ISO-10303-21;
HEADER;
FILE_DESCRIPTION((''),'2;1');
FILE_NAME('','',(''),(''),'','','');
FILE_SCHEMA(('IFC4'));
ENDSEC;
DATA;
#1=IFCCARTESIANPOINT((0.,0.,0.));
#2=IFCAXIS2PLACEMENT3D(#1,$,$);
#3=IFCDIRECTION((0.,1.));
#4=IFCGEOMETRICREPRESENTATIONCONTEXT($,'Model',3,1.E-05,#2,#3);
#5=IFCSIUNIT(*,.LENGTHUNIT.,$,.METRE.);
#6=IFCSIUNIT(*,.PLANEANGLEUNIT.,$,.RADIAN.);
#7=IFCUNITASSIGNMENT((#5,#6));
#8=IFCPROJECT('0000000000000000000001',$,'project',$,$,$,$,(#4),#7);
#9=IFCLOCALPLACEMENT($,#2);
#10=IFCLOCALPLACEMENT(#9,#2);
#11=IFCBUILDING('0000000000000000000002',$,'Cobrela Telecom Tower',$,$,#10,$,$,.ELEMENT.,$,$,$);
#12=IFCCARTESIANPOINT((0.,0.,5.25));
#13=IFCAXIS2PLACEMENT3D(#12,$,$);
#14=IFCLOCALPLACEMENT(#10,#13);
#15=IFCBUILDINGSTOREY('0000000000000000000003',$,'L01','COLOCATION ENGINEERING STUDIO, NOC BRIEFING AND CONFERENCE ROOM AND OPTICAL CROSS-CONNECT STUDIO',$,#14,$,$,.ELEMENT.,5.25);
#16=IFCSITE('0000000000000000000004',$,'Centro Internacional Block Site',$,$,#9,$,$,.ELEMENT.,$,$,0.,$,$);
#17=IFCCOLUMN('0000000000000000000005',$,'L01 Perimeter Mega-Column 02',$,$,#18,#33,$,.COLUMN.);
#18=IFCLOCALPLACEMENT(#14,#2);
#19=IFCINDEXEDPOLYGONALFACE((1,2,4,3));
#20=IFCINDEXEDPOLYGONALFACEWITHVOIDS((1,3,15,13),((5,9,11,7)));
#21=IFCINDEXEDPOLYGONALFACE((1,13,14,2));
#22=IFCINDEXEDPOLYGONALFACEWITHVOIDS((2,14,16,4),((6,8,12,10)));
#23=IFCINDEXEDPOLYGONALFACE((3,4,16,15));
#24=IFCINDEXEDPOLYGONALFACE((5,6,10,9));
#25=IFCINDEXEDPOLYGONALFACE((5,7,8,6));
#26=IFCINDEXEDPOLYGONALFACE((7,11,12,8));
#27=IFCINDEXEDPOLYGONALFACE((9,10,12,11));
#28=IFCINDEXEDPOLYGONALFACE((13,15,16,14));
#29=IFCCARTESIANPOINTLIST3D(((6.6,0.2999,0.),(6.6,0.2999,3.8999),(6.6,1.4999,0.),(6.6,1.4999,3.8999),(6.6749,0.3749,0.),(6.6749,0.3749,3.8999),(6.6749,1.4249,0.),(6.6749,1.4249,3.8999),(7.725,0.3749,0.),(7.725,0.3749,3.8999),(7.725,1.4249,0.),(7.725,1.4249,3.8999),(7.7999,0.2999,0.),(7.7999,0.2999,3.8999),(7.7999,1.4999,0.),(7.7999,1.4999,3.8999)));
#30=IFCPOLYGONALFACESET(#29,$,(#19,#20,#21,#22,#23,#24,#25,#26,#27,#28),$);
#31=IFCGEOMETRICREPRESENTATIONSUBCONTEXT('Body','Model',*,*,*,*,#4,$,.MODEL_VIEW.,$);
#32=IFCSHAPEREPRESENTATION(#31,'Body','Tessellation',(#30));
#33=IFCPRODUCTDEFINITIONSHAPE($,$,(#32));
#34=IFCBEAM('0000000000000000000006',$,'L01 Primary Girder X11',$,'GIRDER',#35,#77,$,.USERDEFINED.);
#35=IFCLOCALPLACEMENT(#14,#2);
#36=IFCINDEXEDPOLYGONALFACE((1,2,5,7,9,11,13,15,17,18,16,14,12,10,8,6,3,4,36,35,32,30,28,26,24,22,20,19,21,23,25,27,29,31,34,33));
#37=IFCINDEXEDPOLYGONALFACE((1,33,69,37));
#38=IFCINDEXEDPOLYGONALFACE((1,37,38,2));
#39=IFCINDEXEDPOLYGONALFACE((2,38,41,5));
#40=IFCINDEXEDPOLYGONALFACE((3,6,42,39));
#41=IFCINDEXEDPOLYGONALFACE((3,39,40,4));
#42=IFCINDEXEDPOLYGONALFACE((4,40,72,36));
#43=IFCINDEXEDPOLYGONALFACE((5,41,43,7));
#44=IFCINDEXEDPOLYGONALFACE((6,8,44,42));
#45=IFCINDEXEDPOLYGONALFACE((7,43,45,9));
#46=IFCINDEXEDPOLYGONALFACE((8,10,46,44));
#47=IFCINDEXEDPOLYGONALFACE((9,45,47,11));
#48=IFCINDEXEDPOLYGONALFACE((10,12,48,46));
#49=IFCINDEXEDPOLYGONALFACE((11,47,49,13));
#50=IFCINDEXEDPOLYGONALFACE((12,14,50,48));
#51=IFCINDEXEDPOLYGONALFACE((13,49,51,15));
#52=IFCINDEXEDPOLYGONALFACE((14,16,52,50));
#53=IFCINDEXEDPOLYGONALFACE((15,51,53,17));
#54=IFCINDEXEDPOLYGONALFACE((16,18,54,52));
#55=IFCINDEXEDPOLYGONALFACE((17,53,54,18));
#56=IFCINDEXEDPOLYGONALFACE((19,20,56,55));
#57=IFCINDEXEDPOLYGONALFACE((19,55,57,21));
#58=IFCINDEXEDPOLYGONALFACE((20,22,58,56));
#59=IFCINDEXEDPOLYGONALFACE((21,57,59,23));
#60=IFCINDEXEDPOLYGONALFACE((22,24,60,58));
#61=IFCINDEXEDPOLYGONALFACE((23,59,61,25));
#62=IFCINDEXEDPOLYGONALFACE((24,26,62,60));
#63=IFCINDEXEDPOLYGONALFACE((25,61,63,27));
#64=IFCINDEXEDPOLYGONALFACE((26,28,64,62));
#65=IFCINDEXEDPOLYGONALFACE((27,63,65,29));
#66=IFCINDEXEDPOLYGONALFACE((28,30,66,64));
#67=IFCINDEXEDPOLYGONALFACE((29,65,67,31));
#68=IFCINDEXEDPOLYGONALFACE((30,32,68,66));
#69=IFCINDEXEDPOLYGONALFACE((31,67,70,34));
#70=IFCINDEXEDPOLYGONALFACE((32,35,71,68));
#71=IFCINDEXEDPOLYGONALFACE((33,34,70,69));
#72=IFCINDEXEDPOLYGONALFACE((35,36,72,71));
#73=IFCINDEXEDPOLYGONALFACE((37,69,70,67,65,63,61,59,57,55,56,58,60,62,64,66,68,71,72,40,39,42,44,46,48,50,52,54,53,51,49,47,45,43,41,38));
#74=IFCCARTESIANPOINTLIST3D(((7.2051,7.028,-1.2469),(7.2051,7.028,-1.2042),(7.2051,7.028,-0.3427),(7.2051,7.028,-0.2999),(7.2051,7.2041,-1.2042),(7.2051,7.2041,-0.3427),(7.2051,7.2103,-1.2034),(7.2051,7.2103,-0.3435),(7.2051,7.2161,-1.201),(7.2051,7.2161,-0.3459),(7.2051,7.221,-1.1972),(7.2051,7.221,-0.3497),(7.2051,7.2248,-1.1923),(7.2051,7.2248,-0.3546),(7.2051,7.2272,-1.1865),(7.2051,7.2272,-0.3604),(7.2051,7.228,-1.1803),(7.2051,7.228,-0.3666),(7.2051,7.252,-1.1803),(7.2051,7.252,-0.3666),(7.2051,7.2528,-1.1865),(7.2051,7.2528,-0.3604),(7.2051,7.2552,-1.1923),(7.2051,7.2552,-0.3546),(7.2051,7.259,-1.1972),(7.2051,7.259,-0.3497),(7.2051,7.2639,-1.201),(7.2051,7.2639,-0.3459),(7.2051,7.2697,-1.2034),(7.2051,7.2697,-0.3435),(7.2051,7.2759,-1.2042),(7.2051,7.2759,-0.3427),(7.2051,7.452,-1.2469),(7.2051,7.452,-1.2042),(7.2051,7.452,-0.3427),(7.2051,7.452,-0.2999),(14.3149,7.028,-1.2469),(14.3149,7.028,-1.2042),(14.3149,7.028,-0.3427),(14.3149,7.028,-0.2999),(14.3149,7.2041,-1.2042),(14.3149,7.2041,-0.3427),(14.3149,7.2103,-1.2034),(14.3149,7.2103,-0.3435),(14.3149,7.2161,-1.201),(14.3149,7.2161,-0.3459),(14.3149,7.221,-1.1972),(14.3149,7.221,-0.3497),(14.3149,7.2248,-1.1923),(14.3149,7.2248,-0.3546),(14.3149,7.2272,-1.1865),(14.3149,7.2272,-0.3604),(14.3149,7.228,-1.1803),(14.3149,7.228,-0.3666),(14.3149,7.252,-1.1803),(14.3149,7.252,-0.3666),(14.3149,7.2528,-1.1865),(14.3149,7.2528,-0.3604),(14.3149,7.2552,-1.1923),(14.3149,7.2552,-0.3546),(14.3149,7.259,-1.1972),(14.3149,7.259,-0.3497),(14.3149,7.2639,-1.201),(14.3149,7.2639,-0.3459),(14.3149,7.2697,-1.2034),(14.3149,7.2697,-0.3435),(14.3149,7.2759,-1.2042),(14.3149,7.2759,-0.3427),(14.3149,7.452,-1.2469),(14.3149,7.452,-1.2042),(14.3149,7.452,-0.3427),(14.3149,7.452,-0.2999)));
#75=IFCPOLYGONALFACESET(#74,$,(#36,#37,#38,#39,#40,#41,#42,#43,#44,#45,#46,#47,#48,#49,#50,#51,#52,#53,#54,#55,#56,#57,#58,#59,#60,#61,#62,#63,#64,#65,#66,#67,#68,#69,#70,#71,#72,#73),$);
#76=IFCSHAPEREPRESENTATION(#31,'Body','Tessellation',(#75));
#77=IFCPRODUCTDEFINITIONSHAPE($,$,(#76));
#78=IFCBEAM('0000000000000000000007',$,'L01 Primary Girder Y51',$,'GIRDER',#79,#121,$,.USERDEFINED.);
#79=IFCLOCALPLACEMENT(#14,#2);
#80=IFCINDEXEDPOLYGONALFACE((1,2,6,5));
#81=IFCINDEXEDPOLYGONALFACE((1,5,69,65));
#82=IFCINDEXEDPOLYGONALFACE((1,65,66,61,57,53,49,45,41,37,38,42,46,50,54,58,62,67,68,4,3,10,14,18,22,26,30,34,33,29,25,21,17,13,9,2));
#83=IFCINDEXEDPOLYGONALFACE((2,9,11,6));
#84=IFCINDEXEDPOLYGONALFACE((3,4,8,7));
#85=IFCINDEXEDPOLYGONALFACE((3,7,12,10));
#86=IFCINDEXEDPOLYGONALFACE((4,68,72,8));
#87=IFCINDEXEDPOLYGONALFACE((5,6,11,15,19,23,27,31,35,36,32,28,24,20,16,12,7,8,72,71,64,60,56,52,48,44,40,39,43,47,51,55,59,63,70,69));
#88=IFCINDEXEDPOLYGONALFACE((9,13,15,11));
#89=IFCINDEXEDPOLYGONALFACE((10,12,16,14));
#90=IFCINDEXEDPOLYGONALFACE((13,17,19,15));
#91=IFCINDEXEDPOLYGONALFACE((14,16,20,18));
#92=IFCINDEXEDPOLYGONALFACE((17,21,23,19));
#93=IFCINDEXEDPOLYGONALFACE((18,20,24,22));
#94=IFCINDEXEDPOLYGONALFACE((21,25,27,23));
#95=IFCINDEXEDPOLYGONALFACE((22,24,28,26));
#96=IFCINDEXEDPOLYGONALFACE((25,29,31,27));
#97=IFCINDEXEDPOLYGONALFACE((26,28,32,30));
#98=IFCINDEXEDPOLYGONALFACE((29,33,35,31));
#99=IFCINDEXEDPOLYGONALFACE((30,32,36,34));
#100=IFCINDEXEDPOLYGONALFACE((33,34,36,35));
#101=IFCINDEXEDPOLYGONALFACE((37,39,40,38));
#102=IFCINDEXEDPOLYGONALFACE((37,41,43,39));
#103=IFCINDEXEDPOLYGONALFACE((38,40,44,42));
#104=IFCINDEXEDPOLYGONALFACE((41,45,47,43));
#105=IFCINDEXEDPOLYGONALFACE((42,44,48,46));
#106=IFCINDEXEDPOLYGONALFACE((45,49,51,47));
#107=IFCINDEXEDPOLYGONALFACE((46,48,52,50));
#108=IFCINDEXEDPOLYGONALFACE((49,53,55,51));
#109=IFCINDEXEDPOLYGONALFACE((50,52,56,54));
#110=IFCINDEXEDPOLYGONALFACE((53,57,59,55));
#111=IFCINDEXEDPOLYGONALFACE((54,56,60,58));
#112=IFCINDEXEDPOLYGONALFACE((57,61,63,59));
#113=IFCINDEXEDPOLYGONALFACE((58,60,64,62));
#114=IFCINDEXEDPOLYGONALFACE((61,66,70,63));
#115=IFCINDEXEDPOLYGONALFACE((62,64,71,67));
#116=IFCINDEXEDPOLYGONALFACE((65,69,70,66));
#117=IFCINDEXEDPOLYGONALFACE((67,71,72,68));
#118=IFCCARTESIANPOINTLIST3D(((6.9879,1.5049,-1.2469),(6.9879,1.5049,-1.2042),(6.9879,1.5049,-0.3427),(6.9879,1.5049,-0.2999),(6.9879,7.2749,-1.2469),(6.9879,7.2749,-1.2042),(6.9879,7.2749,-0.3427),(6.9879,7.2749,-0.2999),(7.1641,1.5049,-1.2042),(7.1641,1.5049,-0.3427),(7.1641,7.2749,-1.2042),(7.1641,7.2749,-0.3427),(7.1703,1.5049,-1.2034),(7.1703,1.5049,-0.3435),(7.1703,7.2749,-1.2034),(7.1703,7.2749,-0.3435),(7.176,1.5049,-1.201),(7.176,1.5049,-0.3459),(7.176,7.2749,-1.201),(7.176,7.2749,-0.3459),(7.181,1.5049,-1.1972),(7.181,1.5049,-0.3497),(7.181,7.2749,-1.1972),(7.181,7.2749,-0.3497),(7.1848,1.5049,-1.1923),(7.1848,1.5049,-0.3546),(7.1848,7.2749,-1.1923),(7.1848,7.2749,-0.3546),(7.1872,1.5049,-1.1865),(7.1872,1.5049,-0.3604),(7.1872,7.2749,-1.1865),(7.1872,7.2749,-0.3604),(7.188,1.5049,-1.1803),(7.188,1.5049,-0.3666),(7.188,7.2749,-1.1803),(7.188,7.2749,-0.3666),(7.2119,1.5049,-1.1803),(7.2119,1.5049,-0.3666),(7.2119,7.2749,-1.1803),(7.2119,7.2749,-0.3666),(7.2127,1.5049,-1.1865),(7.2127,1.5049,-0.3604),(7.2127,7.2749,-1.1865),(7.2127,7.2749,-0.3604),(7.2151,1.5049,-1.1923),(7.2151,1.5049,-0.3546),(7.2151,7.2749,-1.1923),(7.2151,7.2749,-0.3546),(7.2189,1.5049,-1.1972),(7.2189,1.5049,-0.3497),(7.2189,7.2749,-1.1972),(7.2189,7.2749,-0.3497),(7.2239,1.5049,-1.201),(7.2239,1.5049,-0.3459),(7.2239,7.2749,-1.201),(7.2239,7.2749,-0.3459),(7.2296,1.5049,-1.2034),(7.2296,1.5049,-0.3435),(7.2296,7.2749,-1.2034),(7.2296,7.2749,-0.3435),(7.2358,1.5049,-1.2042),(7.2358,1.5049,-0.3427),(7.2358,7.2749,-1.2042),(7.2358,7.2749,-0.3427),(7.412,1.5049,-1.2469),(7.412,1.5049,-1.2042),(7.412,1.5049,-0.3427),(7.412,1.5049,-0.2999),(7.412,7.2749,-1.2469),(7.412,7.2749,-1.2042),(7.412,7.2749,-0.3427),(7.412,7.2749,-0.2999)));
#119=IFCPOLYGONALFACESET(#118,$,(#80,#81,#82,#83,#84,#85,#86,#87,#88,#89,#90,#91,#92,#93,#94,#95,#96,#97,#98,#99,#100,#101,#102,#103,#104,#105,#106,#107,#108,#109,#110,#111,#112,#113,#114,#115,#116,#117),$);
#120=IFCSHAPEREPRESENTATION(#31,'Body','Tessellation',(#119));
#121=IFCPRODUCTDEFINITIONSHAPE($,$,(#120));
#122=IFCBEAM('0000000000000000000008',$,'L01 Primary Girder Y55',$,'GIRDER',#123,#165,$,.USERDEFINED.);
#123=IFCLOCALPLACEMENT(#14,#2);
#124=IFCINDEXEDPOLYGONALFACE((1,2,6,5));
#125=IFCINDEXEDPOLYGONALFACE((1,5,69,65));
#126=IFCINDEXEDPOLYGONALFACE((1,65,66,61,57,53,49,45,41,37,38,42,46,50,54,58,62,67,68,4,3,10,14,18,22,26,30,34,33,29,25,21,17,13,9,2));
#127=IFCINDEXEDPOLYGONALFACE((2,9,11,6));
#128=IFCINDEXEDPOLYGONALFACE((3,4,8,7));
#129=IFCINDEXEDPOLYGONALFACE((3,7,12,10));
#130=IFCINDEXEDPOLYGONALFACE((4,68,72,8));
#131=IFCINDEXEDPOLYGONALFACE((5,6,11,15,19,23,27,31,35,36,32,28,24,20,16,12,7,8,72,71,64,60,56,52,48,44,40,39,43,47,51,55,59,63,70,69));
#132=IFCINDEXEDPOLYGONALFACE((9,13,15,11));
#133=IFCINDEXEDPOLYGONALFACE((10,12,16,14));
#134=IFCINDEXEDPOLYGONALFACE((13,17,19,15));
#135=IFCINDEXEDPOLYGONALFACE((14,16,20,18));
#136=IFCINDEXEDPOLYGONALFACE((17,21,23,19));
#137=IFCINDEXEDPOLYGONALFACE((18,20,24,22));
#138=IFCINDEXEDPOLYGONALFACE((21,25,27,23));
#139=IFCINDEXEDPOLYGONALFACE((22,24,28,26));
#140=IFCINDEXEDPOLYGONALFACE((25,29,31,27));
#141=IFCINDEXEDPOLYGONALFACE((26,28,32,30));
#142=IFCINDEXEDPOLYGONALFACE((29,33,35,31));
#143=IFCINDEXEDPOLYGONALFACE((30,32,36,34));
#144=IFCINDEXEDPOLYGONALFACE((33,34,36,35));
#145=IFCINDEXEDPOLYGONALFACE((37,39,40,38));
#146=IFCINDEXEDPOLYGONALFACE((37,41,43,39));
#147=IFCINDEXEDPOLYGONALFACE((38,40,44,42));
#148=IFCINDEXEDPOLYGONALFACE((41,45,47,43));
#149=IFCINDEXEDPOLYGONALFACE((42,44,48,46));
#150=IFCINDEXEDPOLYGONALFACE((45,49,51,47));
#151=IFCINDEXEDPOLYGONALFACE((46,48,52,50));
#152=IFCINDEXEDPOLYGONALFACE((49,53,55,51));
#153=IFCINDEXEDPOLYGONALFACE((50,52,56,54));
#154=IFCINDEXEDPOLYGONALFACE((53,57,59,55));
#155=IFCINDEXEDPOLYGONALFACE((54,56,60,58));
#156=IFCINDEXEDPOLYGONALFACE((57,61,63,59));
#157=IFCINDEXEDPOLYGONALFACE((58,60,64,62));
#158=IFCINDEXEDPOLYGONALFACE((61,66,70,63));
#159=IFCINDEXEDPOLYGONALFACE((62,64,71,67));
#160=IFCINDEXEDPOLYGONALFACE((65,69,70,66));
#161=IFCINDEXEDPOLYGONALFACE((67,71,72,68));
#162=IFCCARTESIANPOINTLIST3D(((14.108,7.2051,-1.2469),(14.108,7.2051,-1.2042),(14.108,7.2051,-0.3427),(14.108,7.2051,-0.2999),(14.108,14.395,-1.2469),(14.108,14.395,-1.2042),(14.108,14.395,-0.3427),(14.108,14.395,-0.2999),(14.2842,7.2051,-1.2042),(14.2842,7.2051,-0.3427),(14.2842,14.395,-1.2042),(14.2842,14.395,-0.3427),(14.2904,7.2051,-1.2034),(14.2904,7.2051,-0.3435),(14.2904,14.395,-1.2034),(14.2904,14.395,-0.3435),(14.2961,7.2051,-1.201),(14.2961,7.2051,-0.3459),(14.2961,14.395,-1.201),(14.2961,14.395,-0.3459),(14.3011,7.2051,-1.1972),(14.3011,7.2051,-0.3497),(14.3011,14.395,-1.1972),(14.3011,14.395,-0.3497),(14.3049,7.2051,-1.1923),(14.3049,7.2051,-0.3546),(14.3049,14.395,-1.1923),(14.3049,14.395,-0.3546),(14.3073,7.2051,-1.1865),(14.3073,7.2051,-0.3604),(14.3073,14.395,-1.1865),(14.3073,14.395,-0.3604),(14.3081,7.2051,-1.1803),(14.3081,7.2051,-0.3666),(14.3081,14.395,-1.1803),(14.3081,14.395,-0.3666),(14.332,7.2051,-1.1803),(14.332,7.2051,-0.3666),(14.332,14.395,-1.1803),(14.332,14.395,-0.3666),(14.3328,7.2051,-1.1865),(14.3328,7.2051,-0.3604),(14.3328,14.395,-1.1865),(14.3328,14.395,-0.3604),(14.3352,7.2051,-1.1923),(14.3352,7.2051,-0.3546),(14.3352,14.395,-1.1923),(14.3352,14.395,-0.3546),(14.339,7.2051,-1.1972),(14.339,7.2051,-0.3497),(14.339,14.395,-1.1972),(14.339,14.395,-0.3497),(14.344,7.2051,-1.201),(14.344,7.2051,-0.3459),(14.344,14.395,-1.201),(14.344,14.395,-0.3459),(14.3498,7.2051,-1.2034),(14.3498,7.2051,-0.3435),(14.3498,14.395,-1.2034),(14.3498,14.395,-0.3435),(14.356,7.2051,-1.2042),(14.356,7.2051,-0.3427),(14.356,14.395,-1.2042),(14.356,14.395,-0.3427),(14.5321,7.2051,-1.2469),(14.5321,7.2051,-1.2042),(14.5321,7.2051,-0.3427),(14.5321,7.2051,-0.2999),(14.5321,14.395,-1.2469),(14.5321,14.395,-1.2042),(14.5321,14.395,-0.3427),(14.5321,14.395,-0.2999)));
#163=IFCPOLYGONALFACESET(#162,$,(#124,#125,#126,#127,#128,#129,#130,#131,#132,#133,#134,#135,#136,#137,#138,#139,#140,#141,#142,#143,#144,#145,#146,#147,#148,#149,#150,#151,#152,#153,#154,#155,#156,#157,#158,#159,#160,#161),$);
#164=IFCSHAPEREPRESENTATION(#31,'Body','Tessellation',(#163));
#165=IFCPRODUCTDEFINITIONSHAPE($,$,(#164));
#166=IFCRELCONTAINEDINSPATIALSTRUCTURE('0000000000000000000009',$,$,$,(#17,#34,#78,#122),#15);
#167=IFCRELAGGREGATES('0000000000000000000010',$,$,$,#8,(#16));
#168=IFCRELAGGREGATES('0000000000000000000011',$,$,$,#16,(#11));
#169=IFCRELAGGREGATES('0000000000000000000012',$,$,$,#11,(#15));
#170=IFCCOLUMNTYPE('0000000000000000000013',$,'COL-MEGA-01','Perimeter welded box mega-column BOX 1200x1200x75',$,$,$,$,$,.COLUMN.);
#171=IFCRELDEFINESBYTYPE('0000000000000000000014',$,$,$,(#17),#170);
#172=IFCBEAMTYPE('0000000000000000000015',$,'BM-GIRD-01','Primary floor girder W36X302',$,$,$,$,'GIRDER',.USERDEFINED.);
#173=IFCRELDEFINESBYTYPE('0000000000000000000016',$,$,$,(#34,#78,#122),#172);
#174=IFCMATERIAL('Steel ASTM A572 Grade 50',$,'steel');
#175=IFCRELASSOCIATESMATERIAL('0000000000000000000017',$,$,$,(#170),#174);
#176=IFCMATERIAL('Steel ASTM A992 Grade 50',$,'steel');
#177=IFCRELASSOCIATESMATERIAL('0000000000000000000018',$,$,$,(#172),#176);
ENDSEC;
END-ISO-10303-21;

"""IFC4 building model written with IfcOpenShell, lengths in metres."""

from ifc_helpers import new_model, si_unit, direction, frame, origin, origin_2d, place, context, subcontext, project, spatial, hollow_rectangle, i_section, extrude, material, material_profile, profile_set, type_object, element, save


model = new_model("IFC4")

# Units and contexts
model_context = context("Model", 3, precision=1e-05, world=origin(), true_north=direction((0.0, 1.0)))
body_context = subcontext(model_context, "Body", "Model", "MODEL_VIEW")
ifc_project = project(units=[si_unit("LENGTHUNIT", "METRE"), si_unit("PLANEANGLEUNIT", "RADIAN")], contexts=[model_context])

# Site, building, storey
site_placement = place(None, origin())
site = spatial("IfcSite", under=ifc_project, at=site_placement, Name="Centro Internacional Block Site", CompositionType="ELEMENT", RefElevation=0.0)
building_placement = place(site_placement, origin())
building = spatial("IfcBuilding", under=site, at=building_placement, Name="Cobrela Telecom Tower", CompositionType="ELEMENT")
storey_placement = place(building_placement, frame((0.0, 0.0, 5.25)))
storey = spatial("IfcBuildingStorey", under=building, at=storey_placement, Name="L01", Description="COLOCATION ENGINEERING STUDIO, NOC BRIEFING AND CONFERENCE ROOM AND OPTICAL CROSS-CONNECT STUDIO", CompositionType="ELEMENT", Elevation=5.25)

# Column
ifc_material_1 = material(Name="Steel ASTM A572 Grade 50", Category="steel")
ifc_material_profile_1 = material_profile(ifc_material_1, hollow_rectangle(XDim=1.2, YDim=1.2, WallThickness=0.075, at=origin_2d()), Name="BOX 1200x1200x75")
ifc_profile_set_1 = profile_set([ifc_material_profile_1], Name="Steel ASTM A572 Grade 50")
column_type = type_object("IfcColumnType", Name="COL-MEGA-01", Description="Perimeter welded box mega-column BOX 1200x1200x75", PredefinedType="COLUMN", material=ifc_profile_set_1)
column_placement = place(storey_placement, frame((7.2, 0.8999, 0.0), z_axis=(0.0, 0.0, 1.0), x_axis=(1.0, 0.0, 0.0)))
element("IfcColumn", 1, at=column_placement, inside=storey, type_object=column_type, Name="L01 Perimeter Mega-Column 02", PredefinedType="COLUMN", context=body_context, shape_type="SweptSolid", body=[
    extrude(hollow_rectangle(XDim=1.2, YDim=1.2, WallThickness=0.075, at=origin_2d()), origin(), (0.0, 0.0, 1.0), 3.8999),
])

# Beams
ifc_material_2 = material(Name="Steel ASTM A992 Grade 50", Category="steel")
ifc_material_profile_2 = material_profile(ifc_material_2, i_section(OverallWidth=0.4241, OverallDepth=0.947, WebThickness=0.0239, FlangeThickness=0.0427, FilletRadius=0.0239, at=origin_2d()), Name="W36X302")
ifc_profile_set_2 = profile_set([ifc_material_profile_2], Name="Steel ASTM A992 Grade 50")
beam_type_1 = type_object("IfcBeamType", Name="BM-GIRD-01", Description="Primary floor girder W36X302", ElementType="GIRDER", PredefinedType="USERDEFINED", material=ifc_profile_set_2)
beam_1_placement = place(storey_placement, frame((7.2051, 7.24, -0.7734), z_axis=(1.0, 0.0, 0.0), x_axis=(0.0, 1.0, 0.0)))
element("IfcBeam", 2, at=beam_1_placement, inside=storey, type_object=beam_type_1, Name="L01 Primary Girder X11", ObjectType="GIRDER", PredefinedType="USERDEFINED", context=body_context, shape_type="SweptSolid", body=[
    extrude(i_section(OverallWidth=0.4241, OverallDepth=0.947, WebThickness=0.0239, FlangeThickness=0.0427, FilletRadius=0.0239, at=origin_2d()), origin(), (0.0, 0.0, 1.0), 7.1099),
])
beam_2_placement = place(storey_placement, frame((7.2, 1.5049, -0.7734), z_axis=(0.0, 1.0, 0.0), x_axis=(-1.0, 0.0, 0.0)))
element("IfcBeam", 3, at=beam_2_placement, inside=storey, type_object=beam_type_1, Name="L01 Primary Girder Y51", ObjectType="GIRDER", PredefinedType="USERDEFINED", context=body_context, shape_type="SweptSolid", body=[
    extrude(i_section(OverallWidth=0.4241, OverallDepth=0.947, WebThickness=0.0239, FlangeThickness=0.0427, FilletRadius=0.0239, at=origin_2d()), origin(), (0.0, 0.0, 1.0), 5.77),
])
beam_3_placement = place(storey_placement, frame((14.3201, 7.2051, -0.7734), z_axis=(0.0, 1.0, 0.0), x_axis=(-1.0, 0.0, 0.0)))
element("IfcBeam", 4, at=beam_3_placement, inside=storey, type_object=beam_type_1, Name="L01 Primary Girder Y55", ObjectType="GIRDER", PredefinedType="USERDEFINED", context=body_context, shape_type="SweptSolid", body=[
    extrude(i_section(OverallWidth=0.4241, OverallDepth=0.947, WebThickness=0.0239, FlangeThickness=0.0427, FilletRadius=0.0239, at=origin_2d()), origin(), (0.0, 0.0, 1.0), 7.1899),
])

save(model, "model.ifc")
